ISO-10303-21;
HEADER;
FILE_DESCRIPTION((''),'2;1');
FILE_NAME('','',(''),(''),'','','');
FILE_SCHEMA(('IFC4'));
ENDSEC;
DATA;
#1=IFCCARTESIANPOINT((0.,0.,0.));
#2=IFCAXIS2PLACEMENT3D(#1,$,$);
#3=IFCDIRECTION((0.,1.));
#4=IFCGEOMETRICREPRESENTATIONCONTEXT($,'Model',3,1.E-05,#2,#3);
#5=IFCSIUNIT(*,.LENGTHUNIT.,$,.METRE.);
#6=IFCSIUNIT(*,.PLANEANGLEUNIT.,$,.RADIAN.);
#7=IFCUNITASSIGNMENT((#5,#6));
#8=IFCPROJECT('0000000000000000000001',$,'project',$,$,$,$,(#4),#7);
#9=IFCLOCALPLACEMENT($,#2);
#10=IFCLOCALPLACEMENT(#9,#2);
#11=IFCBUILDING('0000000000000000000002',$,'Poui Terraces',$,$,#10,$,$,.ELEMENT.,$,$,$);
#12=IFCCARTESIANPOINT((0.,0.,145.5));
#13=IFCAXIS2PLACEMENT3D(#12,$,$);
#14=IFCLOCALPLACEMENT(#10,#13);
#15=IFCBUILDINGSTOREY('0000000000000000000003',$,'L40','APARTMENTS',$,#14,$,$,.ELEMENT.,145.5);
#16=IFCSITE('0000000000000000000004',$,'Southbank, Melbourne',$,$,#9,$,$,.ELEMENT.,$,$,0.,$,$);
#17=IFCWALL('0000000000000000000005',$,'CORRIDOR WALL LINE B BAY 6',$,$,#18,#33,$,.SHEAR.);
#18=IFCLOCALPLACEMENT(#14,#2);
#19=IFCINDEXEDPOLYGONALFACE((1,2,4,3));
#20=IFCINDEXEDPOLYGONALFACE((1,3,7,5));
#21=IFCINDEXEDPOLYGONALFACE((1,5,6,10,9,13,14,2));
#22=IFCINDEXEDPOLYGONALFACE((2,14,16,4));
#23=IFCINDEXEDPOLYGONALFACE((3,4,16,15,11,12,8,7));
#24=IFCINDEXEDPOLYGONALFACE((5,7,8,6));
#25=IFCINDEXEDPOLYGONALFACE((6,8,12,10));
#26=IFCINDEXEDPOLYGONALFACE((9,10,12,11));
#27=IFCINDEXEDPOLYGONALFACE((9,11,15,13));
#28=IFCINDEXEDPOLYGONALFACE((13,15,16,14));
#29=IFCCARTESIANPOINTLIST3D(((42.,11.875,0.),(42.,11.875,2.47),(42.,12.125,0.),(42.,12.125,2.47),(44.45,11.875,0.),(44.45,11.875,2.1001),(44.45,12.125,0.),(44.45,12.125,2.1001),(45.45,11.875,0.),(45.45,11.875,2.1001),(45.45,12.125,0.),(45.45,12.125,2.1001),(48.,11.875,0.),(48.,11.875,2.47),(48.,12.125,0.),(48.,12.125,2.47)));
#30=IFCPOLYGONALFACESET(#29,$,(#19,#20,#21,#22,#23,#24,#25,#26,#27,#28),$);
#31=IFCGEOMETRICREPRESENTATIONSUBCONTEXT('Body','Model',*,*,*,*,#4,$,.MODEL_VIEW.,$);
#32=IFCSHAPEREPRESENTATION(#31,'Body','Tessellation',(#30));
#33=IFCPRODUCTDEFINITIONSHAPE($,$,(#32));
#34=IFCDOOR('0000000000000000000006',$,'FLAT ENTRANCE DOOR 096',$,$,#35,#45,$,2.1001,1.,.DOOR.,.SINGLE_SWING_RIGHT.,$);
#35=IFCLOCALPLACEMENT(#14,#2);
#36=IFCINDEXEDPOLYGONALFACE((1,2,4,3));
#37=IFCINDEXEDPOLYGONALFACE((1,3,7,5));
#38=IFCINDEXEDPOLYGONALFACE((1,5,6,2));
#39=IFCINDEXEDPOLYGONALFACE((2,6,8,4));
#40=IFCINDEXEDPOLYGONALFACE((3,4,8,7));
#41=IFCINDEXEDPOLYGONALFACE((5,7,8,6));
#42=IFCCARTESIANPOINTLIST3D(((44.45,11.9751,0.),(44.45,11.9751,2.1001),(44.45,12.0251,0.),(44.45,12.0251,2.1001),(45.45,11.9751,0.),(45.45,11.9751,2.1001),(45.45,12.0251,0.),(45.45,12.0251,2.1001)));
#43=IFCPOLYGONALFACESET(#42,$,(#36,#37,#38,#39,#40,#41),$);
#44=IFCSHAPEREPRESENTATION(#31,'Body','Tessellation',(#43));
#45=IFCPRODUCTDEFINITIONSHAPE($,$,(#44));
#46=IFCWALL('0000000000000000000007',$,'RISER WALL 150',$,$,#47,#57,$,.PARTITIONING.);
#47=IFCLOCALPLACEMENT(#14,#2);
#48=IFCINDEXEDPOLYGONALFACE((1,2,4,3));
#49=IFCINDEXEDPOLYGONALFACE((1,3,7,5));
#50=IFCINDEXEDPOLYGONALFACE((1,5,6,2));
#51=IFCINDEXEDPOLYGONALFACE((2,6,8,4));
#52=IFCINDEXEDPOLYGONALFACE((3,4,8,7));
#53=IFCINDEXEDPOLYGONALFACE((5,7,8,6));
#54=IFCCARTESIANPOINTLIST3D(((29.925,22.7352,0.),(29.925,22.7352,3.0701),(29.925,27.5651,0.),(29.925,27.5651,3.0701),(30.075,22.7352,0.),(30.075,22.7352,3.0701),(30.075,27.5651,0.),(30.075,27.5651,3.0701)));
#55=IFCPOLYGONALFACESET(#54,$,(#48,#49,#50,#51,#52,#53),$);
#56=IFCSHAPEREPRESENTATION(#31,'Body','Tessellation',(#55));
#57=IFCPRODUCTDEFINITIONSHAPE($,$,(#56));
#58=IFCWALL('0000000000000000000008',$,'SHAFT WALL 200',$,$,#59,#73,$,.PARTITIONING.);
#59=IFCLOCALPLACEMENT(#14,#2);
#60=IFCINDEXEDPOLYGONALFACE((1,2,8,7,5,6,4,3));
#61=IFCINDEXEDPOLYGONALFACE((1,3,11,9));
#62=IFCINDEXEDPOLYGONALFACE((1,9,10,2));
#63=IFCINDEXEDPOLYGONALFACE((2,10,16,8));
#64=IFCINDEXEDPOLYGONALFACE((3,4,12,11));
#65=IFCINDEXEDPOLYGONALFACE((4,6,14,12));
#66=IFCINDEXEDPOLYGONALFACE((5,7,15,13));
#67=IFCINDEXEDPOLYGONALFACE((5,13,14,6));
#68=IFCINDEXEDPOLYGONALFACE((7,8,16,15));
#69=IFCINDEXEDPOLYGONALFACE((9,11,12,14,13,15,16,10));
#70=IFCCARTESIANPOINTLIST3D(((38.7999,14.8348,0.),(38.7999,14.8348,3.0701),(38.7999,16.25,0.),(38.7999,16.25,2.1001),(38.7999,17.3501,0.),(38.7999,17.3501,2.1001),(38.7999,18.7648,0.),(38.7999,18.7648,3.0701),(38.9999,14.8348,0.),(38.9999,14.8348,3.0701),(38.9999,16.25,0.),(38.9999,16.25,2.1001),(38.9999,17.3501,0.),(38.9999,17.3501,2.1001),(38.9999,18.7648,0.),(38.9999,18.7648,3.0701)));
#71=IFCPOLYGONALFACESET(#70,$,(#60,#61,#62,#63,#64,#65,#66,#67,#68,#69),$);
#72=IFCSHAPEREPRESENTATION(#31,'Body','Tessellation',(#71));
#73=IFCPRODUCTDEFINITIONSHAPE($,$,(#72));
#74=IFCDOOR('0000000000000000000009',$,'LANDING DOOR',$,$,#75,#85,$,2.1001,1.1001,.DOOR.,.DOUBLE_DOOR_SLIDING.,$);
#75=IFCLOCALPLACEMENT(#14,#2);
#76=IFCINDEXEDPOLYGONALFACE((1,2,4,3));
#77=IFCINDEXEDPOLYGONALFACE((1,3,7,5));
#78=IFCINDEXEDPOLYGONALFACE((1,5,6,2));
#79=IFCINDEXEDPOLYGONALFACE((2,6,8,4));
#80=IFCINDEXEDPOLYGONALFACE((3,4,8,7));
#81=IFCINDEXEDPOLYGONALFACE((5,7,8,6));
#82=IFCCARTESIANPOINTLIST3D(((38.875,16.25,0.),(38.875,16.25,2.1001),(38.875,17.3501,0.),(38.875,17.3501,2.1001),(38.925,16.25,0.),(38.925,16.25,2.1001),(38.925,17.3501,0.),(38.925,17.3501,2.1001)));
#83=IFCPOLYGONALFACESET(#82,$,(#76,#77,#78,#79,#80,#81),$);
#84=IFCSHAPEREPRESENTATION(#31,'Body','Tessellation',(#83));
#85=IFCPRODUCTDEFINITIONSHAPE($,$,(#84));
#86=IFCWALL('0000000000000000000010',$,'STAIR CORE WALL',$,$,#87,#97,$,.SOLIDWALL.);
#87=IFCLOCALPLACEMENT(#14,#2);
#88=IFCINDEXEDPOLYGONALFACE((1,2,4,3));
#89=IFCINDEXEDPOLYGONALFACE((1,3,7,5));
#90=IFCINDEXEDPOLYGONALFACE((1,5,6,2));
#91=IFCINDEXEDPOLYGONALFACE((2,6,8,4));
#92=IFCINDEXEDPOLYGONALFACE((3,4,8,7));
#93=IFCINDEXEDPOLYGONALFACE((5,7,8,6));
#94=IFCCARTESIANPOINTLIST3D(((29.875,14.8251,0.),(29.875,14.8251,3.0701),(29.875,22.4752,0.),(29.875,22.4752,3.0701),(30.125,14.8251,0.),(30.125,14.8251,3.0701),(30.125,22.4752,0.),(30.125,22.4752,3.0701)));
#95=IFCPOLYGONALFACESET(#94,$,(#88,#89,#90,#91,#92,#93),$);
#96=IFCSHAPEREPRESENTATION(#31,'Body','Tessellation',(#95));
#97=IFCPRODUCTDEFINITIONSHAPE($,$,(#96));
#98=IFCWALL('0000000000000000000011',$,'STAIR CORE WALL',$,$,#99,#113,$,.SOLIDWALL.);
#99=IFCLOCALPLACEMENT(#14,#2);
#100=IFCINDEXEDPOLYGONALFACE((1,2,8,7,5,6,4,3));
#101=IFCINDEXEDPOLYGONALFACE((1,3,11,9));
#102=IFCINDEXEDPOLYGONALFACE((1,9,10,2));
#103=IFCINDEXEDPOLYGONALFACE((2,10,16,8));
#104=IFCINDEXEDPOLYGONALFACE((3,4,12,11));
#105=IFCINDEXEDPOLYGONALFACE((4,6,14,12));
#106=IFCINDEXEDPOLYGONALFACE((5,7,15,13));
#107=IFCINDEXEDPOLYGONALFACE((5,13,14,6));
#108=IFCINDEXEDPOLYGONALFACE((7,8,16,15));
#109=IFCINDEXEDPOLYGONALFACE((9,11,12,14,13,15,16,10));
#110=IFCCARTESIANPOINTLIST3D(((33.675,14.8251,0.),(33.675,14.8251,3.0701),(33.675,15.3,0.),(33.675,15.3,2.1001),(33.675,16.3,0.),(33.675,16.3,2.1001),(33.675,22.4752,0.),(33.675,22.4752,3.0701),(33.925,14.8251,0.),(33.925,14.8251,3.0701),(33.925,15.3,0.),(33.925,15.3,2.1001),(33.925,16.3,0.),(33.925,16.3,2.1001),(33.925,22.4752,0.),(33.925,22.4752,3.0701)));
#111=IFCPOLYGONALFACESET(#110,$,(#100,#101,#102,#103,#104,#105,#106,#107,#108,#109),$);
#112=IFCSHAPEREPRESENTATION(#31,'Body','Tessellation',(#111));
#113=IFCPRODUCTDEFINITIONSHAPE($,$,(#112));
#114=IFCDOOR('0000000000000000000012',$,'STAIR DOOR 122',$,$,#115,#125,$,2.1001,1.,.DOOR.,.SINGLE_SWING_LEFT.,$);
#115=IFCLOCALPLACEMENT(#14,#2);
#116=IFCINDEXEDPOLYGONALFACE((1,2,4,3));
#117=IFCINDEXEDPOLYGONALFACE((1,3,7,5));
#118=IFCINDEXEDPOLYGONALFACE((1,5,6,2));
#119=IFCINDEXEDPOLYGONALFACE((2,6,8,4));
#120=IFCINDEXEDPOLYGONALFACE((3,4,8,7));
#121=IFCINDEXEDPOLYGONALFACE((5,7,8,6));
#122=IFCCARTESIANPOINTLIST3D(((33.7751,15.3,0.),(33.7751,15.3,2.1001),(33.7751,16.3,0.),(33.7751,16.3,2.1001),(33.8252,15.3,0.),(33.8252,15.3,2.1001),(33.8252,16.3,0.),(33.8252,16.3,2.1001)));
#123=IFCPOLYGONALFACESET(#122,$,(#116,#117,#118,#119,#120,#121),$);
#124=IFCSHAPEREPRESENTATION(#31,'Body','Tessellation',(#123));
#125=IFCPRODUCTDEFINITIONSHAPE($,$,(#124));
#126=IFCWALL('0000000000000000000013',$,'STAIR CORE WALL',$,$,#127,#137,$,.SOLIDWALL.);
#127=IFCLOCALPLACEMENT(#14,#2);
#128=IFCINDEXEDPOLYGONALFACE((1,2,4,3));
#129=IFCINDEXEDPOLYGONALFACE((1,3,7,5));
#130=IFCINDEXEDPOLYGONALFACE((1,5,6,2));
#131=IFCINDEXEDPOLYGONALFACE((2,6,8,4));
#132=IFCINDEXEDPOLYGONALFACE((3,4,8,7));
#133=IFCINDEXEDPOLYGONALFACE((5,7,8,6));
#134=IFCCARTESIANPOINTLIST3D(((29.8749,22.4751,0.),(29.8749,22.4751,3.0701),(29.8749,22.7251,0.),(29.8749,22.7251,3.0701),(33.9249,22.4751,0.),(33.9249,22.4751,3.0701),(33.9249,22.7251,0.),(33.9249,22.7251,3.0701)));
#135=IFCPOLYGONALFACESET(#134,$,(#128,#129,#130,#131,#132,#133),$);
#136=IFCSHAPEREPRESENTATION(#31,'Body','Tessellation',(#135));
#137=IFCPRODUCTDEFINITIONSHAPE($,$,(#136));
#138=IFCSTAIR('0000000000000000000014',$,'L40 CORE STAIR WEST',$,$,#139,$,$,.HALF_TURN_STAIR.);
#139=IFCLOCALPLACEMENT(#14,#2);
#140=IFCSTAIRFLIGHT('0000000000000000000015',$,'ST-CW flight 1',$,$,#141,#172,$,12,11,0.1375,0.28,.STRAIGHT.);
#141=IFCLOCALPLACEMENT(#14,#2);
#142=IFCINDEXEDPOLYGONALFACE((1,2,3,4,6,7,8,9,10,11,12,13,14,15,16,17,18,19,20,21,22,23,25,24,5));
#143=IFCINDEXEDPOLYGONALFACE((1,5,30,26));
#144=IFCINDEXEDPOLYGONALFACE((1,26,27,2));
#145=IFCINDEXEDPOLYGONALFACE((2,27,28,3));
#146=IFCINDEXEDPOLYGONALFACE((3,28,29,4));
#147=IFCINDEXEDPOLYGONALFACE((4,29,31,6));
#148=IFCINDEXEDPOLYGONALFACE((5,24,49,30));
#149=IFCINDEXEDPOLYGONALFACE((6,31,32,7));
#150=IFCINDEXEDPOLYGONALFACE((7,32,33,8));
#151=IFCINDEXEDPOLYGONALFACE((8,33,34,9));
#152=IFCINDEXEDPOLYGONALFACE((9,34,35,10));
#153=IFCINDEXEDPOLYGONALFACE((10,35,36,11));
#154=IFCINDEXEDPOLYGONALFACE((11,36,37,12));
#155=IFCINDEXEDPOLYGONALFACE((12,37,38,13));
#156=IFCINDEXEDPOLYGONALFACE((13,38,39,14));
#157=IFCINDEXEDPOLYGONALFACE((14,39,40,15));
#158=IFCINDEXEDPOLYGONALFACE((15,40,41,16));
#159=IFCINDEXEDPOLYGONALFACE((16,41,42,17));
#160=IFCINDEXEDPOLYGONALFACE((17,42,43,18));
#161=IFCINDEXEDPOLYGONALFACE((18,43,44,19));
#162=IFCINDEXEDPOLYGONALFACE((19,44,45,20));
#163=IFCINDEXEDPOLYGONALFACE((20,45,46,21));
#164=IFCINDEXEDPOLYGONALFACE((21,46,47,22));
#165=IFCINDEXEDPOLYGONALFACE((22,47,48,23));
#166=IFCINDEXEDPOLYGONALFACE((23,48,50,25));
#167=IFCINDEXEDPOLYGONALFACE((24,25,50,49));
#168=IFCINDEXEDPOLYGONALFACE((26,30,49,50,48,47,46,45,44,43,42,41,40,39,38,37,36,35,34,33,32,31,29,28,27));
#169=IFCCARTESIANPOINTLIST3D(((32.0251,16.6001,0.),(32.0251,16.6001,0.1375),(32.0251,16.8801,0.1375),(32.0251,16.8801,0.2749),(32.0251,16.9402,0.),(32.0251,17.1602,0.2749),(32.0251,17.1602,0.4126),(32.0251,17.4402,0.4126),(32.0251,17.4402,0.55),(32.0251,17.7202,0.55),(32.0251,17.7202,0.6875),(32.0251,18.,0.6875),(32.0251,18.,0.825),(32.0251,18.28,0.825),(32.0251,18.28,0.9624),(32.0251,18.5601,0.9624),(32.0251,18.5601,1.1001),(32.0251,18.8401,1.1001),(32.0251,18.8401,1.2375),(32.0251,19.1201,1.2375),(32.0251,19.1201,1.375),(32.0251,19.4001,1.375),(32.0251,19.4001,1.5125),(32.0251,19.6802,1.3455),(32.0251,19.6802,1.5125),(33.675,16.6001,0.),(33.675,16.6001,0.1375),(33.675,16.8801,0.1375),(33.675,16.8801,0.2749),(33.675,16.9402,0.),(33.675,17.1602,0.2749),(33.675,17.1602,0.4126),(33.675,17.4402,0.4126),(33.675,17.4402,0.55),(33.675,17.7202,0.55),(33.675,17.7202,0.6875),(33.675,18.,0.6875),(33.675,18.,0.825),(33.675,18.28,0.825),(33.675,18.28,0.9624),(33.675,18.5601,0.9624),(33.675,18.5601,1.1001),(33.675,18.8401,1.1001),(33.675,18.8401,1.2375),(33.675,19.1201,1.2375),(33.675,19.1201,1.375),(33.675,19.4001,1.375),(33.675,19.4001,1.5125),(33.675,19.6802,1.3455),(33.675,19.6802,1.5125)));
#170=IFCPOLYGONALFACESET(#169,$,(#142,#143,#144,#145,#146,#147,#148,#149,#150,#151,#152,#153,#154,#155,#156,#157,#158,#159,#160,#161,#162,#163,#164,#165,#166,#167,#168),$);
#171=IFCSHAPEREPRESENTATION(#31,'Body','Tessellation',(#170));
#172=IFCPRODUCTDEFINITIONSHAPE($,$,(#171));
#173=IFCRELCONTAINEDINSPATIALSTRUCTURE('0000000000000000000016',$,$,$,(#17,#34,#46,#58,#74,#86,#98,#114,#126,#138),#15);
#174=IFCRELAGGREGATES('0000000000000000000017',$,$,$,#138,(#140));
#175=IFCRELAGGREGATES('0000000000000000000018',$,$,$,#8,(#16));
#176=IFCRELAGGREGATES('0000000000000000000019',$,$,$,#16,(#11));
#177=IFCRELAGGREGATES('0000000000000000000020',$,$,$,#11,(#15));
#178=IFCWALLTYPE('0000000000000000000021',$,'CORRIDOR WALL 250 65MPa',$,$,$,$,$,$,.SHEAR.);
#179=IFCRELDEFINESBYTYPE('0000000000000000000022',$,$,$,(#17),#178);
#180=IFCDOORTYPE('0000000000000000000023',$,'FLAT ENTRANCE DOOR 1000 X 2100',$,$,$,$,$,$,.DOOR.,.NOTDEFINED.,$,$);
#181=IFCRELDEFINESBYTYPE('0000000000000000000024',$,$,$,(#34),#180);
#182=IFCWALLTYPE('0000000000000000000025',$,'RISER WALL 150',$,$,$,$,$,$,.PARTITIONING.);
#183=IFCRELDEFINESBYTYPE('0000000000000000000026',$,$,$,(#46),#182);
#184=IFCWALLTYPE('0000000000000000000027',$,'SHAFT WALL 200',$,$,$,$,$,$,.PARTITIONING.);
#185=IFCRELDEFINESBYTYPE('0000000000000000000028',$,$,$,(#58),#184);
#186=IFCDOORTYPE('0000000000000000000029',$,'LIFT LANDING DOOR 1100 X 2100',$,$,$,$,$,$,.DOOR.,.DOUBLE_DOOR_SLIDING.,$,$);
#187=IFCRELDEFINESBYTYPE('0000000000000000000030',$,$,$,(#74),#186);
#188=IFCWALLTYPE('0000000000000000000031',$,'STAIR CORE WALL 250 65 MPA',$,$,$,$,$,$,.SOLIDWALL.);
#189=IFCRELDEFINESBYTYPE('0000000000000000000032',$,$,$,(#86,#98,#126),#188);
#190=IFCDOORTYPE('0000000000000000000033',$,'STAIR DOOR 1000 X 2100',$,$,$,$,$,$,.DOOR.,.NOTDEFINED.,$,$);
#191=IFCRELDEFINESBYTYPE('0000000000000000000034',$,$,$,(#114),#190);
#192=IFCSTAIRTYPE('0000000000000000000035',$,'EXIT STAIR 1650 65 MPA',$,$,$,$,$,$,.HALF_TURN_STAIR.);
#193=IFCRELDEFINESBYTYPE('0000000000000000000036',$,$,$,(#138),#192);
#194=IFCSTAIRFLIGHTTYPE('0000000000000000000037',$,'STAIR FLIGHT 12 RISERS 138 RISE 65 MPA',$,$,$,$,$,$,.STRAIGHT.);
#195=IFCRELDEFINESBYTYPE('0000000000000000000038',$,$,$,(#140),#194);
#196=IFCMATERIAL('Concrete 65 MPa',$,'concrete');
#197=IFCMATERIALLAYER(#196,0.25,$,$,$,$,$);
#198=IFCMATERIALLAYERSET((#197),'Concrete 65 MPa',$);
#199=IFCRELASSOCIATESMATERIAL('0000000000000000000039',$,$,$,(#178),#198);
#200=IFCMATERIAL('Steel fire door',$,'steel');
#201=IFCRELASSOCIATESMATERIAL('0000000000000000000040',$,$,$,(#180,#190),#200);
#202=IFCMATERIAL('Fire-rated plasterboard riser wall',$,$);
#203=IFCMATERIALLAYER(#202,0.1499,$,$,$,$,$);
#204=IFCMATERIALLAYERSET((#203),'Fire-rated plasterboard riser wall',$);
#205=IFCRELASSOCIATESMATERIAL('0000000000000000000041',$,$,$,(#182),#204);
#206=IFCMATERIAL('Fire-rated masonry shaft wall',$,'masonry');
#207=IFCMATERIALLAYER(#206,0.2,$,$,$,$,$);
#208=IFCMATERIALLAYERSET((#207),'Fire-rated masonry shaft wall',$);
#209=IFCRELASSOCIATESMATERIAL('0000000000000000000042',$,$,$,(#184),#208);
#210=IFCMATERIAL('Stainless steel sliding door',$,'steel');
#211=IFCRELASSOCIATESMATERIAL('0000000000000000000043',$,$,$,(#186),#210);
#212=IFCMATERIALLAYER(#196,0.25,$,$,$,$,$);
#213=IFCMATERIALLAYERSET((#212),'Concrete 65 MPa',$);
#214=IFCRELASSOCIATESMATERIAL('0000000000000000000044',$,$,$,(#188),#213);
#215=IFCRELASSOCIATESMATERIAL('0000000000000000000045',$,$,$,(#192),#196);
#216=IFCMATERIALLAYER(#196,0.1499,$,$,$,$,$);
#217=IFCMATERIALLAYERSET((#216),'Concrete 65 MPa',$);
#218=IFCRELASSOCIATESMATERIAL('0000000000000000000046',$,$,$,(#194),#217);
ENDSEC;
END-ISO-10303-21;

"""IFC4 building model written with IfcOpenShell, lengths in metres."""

from ifc_helpers import new_model, si_unit, direction, frame, frame_2d, origin, place, context, subcontext, project, spatial, polyline, rectangle, outline, extrude, material, layer, layer_set, type_object, element, fill, aggregate, save


model = new_model("IFC4")

# Units and contexts
model_context = context("Model", 3, precision=1e-05, world=origin(), true_north=direction((0.0, 1.0)))
body_context = subcontext(model_context, "Body", "Model", "MODEL_VIEW")
ifc_project = project(units=[si_unit("LENGTHUNIT", "METRE"), si_unit("PLANEANGLEUNIT", "RADIAN")], contexts=[model_context])

# Site, building, storey
site_placement = place(None, origin())
site = spatial("IfcSite", under=ifc_project, at=site_placement, Name="Southbank, Melbourne", CompositionType="ELEMENT", RefElevation=0.0)
building_placement = place(site_placement, origin())
building = spatial("IfcBuilding", under=site, at=building_placement, Name="Poui Terraces", CompositionType="ELEMENT")
storey_placement = place(building_placement, frame((0.0, 0.0, 145.5)))
storey = spatial("IfcBuildingStorey", under=building, at=storey_placement, Name="L40", Description="APARTMENTS", CompositionType="ELEMENT", Elevation=145.5)

# Shared definitions
ifc_material_1 = material(Name="Concrete 65 MPa", Category="concrete")

# Shared definitions
ifc_material_2 = material(Name="Steel fire door", Category="steel")

# Shared definitions
ifc_layer_1 = layer(ifc_material_1, 0.25)
ifc_layer_set_1 = layer_set([ifc_layer_1], Name="Concrete 65 MPa")
wall_type_1 = type_object("IfcWallType", Name="CORRIDOR WALL 250 65MPa", PredefinedType="SHEAR", material=ifc_layer_set_1)
door_type_1 = type_object("IfcDoorType", Name="FLAT ENTRANCE DOOR 1000 X 2100", OperationType="NOTDEFINED", PredefinedType="DOOR", material=ifc_material_2)

# Wall, opening, door
wall_1_placement = place(storey_placement, frame((42.0, 12.0, 0.0), z_axis=(0.0, 0.0, 1.0), x_axis=(1.0, 0.0, 0.0)))
wall_1 = element("IfcWall", 1, at=wall_1_placement, inside=storey, type_object=wall_type_1, Name="CORRIDOR WALL LINE B BAY 6", PredefinedType="SHEAR", context=body_context, shape_type="SweptSolid", body=[
    extrude(rectangle(XDim=6.0, YDim=0.25, at=frame_2d((3.0, 0.0))), origin(), (0.0, 0.0, 1.0), 2.47),
])
opening_1_placement = place(wall_1_placement, frame((2.45, 0.0, 0.0)))
opening_1 = element("IfcOpeningElement", 2, at=opening_1_placement, cuts=wall_1, PredefinedType="OPENING", context=body_context, shape_type="SweptSolid", body=[
    extrude(rectangle(XDim=1.0, YDim=2.1001, at=frame_2d((0.5, 1.05))), frame((0.0, 0.135, 0.0), z_axis=(0.0, -1.0, 0.0), x_axis=(1.0, 0.0, 0.0)), (0.0, 0.0, 1.0), 0.27),
])
door_1_placement = place(opening_1_placement, frame((1.0, 0.0, 0.0), z_axis=(0.0, 0.0, 1.0), x_axis=(-1.0, 0.0, 0.0)))
door_1 = element("IfcDoor", 3, at=door_1_placement, inside=storey, type_object=door_type_1, Name="FLAT ENTRANCE DOOR 096", OperationType="SINGLE_SWING_RIGHT", OverallHeight=2.1001, OverallWidth=1.0, PredefinedType="DOOR", context=body_context, shape_type="SweptSolid", body=[
    extrude(rectangle(XDim=1.0, YDim=2.1001, at=frame_2d((0.5, 1.05))), frame((0.0, 0.0249, 0.0), z_axis=(0.0, -1.0, 0.0), x_axis=(1.0, 0.0, 0.0)), (0.0, 0.0, 1.0), 0.05),
])
fill(opening_1, door_1)

# Wall
ifc_material_3 = material(Name="Fire-rated plasterboard riser wall")
ifc_layer_2 = layer(ifc_material_3, 0.1499)
ifc_layer_set_2 = layer_set([ifc_layer_2], Name="Fire-rated plasterboard riser wall")
wall_type_2 = type_object("IfcWallType", Name="RISER WALL 150", PredefinedType="PARTITIONING", material=ifc_layer_set_2)
wall_2_placement = place(storey_placement, frame((30.0, 22.7351, 0.0), z_axis=(0.0, 0.0, 1.0), x_axis=(0.0, 1.0, 0.0)))
element("IfcWall", 4, at=wall_2_placement, inside=storey, type_object=wall_type_2, Name="RISER WALL 150", PredefinedType="PARTITIONING", context=body_context, shape_type="SweptSolid", body=[
    extrude(rectangle(XDim=4.8298, YDim=0.1499, at=frame_2d((2.415, 0.0))), origin(), (0.0, 0.0, 1.0), 3.0701),
])

# Wall, opening, door
ifc_material_4 = material(Name="Fire-rated masonry shaft wall", Category="masonry")
ifc_layer_3 = layer(ifc_material_4, 0.2)
ifc_layer_set_3 = layer_set([ifc_layer_3], Name="Fire-rated masonry shaft wall")
wall_type_3 = type_object("IfcWallType", Name="SHAFT WALL 200", PredefinedType="PARTITIONING", material=ifc_layer_set_3)
wall_3_placement = place(storey_placement, frame((38.8999, 14.835, 0.0), z_axis=(0.0, 0.0, 1.0), x_axis=(0.0, 1.0, 0.0)))
wall_3 = element("IfcWall", 5, at=wall_3_placement, inside=storey, type_object=wall_type_3, Name="SHAFT WALL 200", PredefinedType="PARTITIONING", context=body_context, shape_type="SweptSolid", body=[
    extrude(rectangle(XDim=3.9299, YDim=0.2, at=frame_2d((1.9648, 0.0))), origin(), (0.0, 0.0, 1.0), 3.0701),
])
opening_2_placement = place(wall_3_placement, frame((1.415, 0.0, 0.0)))
opening_2 = element("IfcOpeningElement", 6, at=opening_2_placement, cuts=wall_3, PredefinedType="OPENING", context=body_context, shape_type="SweptSolid", body=[
    extrude(rectangle(XDim=1.1001, YDim=2.1001, at=frame_2d((0.55, 1.05))), frame((0.0, 0.1099, 0.0), z_axis=(0.0, -1.0, 0.0), x_axis=(1.0, 0.0, 0.0)), (0.0, 0.0, 1.0), 0.22),
])
ifc_material_5 = material(Name="Stainless steel sliding door", Category="steel")
door_type_2 = type_object("IfcDoorType", Name="LIFT LANDING DOOR 1100 X 2100", OperationType="DOUBLE_DOOR_SLIDING", PredefinedType="DOOR", material=ifc_material_5)
door_2_placement = place(opening_2_placement, origin())
door_2 = element("IfcDoor", 7, at=door_2_placement, inside=storey, type_object=door_type_2, Name="LANDING DOOR", OperationType="DOUBLE_DOOR_SLIDING", OverallHeight=2.1001, OverallWidth=1.1001, PredefinedType="DOOR", context=body_context, shape_type="SweptSolid", body=[
    extrude(rectangle(XDim=1.1001, YDim=2.1001, at=frame_2d((0.55, 1.05))), frame((0.0, 0.0249, 0.0), z_axis=(0.0, -1.0, 0.0), x_axis=(1.0, 0.0, 0.0)), (0.0, 0.0, 1.0), 0.05),
])
fill(opening_2, door_2)

# Wall
ifc_layer_4 = layer(ifc_material_1, 0.25)
ifc_layer_set_4 = layer_set([ifc_layer_4], Name="Concrete 65 MPa")
wall_type_4 = type_object("IfcWallType", Name="STAIR CORE WALL 250 65 MPA", PredefinedType="SOLIDWALL", material=ifc_layer_set_4)
wall_4_placement = place(storey_placement, frame((30.0, 14.825, 0.0), z_axis=(0.0, 0.0, 1.0), x_axis=(0.0, 1.0, 0.0)))
element("IfcWall", 8, at=wall_4_placement, inside=storey, type_object=wall_type_4, Name="STAIR CORE WALL", PredefinedType="SOLIDWALL", context=body_context, shape_type="SweptSolid", body=[
    extrude(rectangle(XDim=7.6501, YDim=0.25, at=frame_2d((3.8252, 0.0))), origin(), (0.0, 0.0, 1.0), 3.0701),
])

# Wall, opening, door
wall_5_placement = place(storey_placement, frame((33.8, 14.825, 0.0), z_axis=(0.0, 0.0, 1.0), x_axis=(0.0, 1.0, 0.0)))
wall_5 = element("IfcWall", 9, at=wall_5_placement, inside=storey, type_object=wall_type_4, Name="STAIR CORE WALL", PredefinedType="SOLIDWALL", context=body_context, shape_type="SweptSolid", body=[
    extrude(rectangle(XDim=7.6501, YDim=0.25, at=frame_2d((3.8252, 0.0))), origin(), (0.0, 0.0, 1.0), 3.0701),
])
opening_3_placement = place(wall_5_placement, frame((0.4751, 0.0, 0.0)))
opening_3 = element("IfcOpeningElement", 10, at=opening_3_placement, cuts=wall_5, PredefinedType="OPENING", context=body_context, shape_type="SweptSolid", body=[
    extrude(rectangle(XDim=1.0, YDim=2.1001, at=frame_2d((0.5, 1.05))), frame((0.0, 0.135, 0.0), z_axis=(0.0, -1.0, 0.0), x_axis=(1.0, 0.0, 0.0)), (0.0, 0.0, 1.0), 0.27),
])
door_type_3 = type_object("IfcDoorType", Name="STAIR DOOR 1000 X 2100", OperationType="NOTDEFINED", PredefinedType="DOOR", material=ifc_material_2)
door_3_placement = place(opening_3_placement, origin())
door_3 = element("IfcDoor", 11, at=door_3_placement, inside=storey, type_object=door_type_3, Name="STAIR DOOR 122", OperationType="SINGLE_SWING_LEFT", OverallHeight=2.1001, OverallWidth=1.0, PredefinedType="DOOR", context=body_context, shape_type="SweptSolid", body=[
    extrude(rectangle(XDim=1.0, YDim=2.1001, at=frame_2d((0.5, 1.05))), frame((0.0, 0.0249, 0.0), z_axis=(0.0, -1.0, 0.0), x_axis=(1.0, 0.0, 0.0)), (0.0, 0.0, 1.0), 0.05),
])
fill(opening_3, door_3)

# Wall
wall_6_placement = place(storey_placement, frame((29.875, 22.6001, 0.0), z_axis=(0.0, 0.0, 1.0), x_axis=(1.0, 0.0, 0.0)))
element("IfcWall", 12, at=wall_6_placement, inside=storey, type_object=wall_type_4, Name="STAIR CORE WALL", PredefinedType="SOLIDWALL", context=body_context, shape_type="SweptSolid", body=[
    extrude(rectangle(XDim=4.05, YDim=0.25, at=frame_2d((2.0249, 0.0))), origin(), (0.0, 0.0, 1.0), 3.0701),
])

# Stair, stair flight
stair_type = type_object("IfcStairType", Name="EXIT STAIR 1650 65 MPA", PredefinedType="HALF_TURN_STAIR", material=ifc_material_1)
stair_placement = place(storey_placement, origin())
stair = element("IfcStair", 13, at=stair_placement, inside=storey, type_object=stair_type, Name="L40 CORE STAIR WEST", PredefinedType="HALF_TURN_STAIR")
ifc_layer_5 = layer(ifc_material_1, 0.1499)
ifc_layer_set_5 = layer_set([ifc_layer_5], Name="Concrete 65 MPa")
stair_flight_type = type_object("IfcStairFlightType", Name="STAIR FLIGHT 12 RISERS 138 RISE 65 MPA", PredefinedType="STRAIGHT", material=ifc_layer_set_5)
stair_flight_1_placement = place(storey_placement, frame((32.8501, 16.6001, 0.0), z_axis=(0.0, 0.0, 1.0), x_axis=(0.0, 1.0, 0.0)))
stair_flight_1 = element("IfcStairFlight", 14, at=stair_flight_1_placement, type_object=stair_flight_type, Name="ST-CW flight 1", NumberOfRisers=12, NumberOfTreads=11, PredefinedType="STRAIGHT", RiserHeight=0.1375, TreadLength=0.28, context=body_context, shape_type="SweptSolid", body=[
    extrude(outline(polyline([(0.0, 0.0), (0.0, 0.1375), (0.28, 0.1375), (0.28, 0.2749), (0.5601, 0.2749), (0.5601, 0.4126), (0.8401, 0.4126), (0.8401, 0.55), (1.1201, 0.55), (1.1201, 0.6875), (1.3999, 0.6875), (1.3999, 0.825), (1.6799, 0.825), (1.6799, 0.9624), (1.96, 0.9624), (1.96, 1.1001), (2.24, 1.1001), (2.24, 1.2375), (2.52, 1.2375), (2.52, 1.375), (2.8, 1.375), (2.8, 1.5125), (3.0801, 1.5125), (3.0801, 1.6499), (3.0801, 1.3455), (0.3401, 0.0), (0.0, 0.0)])), frame((0.0, 0.825, 0.0), z_axis=(0.0, -1.0, 0.0), x_axis=(1.0, 0.0, 0.0)), (0.0, 0.0, 1.0), 1.6499),
])
aggregate(stair, [stair_flight_1])

save(model, "model.ifc")
